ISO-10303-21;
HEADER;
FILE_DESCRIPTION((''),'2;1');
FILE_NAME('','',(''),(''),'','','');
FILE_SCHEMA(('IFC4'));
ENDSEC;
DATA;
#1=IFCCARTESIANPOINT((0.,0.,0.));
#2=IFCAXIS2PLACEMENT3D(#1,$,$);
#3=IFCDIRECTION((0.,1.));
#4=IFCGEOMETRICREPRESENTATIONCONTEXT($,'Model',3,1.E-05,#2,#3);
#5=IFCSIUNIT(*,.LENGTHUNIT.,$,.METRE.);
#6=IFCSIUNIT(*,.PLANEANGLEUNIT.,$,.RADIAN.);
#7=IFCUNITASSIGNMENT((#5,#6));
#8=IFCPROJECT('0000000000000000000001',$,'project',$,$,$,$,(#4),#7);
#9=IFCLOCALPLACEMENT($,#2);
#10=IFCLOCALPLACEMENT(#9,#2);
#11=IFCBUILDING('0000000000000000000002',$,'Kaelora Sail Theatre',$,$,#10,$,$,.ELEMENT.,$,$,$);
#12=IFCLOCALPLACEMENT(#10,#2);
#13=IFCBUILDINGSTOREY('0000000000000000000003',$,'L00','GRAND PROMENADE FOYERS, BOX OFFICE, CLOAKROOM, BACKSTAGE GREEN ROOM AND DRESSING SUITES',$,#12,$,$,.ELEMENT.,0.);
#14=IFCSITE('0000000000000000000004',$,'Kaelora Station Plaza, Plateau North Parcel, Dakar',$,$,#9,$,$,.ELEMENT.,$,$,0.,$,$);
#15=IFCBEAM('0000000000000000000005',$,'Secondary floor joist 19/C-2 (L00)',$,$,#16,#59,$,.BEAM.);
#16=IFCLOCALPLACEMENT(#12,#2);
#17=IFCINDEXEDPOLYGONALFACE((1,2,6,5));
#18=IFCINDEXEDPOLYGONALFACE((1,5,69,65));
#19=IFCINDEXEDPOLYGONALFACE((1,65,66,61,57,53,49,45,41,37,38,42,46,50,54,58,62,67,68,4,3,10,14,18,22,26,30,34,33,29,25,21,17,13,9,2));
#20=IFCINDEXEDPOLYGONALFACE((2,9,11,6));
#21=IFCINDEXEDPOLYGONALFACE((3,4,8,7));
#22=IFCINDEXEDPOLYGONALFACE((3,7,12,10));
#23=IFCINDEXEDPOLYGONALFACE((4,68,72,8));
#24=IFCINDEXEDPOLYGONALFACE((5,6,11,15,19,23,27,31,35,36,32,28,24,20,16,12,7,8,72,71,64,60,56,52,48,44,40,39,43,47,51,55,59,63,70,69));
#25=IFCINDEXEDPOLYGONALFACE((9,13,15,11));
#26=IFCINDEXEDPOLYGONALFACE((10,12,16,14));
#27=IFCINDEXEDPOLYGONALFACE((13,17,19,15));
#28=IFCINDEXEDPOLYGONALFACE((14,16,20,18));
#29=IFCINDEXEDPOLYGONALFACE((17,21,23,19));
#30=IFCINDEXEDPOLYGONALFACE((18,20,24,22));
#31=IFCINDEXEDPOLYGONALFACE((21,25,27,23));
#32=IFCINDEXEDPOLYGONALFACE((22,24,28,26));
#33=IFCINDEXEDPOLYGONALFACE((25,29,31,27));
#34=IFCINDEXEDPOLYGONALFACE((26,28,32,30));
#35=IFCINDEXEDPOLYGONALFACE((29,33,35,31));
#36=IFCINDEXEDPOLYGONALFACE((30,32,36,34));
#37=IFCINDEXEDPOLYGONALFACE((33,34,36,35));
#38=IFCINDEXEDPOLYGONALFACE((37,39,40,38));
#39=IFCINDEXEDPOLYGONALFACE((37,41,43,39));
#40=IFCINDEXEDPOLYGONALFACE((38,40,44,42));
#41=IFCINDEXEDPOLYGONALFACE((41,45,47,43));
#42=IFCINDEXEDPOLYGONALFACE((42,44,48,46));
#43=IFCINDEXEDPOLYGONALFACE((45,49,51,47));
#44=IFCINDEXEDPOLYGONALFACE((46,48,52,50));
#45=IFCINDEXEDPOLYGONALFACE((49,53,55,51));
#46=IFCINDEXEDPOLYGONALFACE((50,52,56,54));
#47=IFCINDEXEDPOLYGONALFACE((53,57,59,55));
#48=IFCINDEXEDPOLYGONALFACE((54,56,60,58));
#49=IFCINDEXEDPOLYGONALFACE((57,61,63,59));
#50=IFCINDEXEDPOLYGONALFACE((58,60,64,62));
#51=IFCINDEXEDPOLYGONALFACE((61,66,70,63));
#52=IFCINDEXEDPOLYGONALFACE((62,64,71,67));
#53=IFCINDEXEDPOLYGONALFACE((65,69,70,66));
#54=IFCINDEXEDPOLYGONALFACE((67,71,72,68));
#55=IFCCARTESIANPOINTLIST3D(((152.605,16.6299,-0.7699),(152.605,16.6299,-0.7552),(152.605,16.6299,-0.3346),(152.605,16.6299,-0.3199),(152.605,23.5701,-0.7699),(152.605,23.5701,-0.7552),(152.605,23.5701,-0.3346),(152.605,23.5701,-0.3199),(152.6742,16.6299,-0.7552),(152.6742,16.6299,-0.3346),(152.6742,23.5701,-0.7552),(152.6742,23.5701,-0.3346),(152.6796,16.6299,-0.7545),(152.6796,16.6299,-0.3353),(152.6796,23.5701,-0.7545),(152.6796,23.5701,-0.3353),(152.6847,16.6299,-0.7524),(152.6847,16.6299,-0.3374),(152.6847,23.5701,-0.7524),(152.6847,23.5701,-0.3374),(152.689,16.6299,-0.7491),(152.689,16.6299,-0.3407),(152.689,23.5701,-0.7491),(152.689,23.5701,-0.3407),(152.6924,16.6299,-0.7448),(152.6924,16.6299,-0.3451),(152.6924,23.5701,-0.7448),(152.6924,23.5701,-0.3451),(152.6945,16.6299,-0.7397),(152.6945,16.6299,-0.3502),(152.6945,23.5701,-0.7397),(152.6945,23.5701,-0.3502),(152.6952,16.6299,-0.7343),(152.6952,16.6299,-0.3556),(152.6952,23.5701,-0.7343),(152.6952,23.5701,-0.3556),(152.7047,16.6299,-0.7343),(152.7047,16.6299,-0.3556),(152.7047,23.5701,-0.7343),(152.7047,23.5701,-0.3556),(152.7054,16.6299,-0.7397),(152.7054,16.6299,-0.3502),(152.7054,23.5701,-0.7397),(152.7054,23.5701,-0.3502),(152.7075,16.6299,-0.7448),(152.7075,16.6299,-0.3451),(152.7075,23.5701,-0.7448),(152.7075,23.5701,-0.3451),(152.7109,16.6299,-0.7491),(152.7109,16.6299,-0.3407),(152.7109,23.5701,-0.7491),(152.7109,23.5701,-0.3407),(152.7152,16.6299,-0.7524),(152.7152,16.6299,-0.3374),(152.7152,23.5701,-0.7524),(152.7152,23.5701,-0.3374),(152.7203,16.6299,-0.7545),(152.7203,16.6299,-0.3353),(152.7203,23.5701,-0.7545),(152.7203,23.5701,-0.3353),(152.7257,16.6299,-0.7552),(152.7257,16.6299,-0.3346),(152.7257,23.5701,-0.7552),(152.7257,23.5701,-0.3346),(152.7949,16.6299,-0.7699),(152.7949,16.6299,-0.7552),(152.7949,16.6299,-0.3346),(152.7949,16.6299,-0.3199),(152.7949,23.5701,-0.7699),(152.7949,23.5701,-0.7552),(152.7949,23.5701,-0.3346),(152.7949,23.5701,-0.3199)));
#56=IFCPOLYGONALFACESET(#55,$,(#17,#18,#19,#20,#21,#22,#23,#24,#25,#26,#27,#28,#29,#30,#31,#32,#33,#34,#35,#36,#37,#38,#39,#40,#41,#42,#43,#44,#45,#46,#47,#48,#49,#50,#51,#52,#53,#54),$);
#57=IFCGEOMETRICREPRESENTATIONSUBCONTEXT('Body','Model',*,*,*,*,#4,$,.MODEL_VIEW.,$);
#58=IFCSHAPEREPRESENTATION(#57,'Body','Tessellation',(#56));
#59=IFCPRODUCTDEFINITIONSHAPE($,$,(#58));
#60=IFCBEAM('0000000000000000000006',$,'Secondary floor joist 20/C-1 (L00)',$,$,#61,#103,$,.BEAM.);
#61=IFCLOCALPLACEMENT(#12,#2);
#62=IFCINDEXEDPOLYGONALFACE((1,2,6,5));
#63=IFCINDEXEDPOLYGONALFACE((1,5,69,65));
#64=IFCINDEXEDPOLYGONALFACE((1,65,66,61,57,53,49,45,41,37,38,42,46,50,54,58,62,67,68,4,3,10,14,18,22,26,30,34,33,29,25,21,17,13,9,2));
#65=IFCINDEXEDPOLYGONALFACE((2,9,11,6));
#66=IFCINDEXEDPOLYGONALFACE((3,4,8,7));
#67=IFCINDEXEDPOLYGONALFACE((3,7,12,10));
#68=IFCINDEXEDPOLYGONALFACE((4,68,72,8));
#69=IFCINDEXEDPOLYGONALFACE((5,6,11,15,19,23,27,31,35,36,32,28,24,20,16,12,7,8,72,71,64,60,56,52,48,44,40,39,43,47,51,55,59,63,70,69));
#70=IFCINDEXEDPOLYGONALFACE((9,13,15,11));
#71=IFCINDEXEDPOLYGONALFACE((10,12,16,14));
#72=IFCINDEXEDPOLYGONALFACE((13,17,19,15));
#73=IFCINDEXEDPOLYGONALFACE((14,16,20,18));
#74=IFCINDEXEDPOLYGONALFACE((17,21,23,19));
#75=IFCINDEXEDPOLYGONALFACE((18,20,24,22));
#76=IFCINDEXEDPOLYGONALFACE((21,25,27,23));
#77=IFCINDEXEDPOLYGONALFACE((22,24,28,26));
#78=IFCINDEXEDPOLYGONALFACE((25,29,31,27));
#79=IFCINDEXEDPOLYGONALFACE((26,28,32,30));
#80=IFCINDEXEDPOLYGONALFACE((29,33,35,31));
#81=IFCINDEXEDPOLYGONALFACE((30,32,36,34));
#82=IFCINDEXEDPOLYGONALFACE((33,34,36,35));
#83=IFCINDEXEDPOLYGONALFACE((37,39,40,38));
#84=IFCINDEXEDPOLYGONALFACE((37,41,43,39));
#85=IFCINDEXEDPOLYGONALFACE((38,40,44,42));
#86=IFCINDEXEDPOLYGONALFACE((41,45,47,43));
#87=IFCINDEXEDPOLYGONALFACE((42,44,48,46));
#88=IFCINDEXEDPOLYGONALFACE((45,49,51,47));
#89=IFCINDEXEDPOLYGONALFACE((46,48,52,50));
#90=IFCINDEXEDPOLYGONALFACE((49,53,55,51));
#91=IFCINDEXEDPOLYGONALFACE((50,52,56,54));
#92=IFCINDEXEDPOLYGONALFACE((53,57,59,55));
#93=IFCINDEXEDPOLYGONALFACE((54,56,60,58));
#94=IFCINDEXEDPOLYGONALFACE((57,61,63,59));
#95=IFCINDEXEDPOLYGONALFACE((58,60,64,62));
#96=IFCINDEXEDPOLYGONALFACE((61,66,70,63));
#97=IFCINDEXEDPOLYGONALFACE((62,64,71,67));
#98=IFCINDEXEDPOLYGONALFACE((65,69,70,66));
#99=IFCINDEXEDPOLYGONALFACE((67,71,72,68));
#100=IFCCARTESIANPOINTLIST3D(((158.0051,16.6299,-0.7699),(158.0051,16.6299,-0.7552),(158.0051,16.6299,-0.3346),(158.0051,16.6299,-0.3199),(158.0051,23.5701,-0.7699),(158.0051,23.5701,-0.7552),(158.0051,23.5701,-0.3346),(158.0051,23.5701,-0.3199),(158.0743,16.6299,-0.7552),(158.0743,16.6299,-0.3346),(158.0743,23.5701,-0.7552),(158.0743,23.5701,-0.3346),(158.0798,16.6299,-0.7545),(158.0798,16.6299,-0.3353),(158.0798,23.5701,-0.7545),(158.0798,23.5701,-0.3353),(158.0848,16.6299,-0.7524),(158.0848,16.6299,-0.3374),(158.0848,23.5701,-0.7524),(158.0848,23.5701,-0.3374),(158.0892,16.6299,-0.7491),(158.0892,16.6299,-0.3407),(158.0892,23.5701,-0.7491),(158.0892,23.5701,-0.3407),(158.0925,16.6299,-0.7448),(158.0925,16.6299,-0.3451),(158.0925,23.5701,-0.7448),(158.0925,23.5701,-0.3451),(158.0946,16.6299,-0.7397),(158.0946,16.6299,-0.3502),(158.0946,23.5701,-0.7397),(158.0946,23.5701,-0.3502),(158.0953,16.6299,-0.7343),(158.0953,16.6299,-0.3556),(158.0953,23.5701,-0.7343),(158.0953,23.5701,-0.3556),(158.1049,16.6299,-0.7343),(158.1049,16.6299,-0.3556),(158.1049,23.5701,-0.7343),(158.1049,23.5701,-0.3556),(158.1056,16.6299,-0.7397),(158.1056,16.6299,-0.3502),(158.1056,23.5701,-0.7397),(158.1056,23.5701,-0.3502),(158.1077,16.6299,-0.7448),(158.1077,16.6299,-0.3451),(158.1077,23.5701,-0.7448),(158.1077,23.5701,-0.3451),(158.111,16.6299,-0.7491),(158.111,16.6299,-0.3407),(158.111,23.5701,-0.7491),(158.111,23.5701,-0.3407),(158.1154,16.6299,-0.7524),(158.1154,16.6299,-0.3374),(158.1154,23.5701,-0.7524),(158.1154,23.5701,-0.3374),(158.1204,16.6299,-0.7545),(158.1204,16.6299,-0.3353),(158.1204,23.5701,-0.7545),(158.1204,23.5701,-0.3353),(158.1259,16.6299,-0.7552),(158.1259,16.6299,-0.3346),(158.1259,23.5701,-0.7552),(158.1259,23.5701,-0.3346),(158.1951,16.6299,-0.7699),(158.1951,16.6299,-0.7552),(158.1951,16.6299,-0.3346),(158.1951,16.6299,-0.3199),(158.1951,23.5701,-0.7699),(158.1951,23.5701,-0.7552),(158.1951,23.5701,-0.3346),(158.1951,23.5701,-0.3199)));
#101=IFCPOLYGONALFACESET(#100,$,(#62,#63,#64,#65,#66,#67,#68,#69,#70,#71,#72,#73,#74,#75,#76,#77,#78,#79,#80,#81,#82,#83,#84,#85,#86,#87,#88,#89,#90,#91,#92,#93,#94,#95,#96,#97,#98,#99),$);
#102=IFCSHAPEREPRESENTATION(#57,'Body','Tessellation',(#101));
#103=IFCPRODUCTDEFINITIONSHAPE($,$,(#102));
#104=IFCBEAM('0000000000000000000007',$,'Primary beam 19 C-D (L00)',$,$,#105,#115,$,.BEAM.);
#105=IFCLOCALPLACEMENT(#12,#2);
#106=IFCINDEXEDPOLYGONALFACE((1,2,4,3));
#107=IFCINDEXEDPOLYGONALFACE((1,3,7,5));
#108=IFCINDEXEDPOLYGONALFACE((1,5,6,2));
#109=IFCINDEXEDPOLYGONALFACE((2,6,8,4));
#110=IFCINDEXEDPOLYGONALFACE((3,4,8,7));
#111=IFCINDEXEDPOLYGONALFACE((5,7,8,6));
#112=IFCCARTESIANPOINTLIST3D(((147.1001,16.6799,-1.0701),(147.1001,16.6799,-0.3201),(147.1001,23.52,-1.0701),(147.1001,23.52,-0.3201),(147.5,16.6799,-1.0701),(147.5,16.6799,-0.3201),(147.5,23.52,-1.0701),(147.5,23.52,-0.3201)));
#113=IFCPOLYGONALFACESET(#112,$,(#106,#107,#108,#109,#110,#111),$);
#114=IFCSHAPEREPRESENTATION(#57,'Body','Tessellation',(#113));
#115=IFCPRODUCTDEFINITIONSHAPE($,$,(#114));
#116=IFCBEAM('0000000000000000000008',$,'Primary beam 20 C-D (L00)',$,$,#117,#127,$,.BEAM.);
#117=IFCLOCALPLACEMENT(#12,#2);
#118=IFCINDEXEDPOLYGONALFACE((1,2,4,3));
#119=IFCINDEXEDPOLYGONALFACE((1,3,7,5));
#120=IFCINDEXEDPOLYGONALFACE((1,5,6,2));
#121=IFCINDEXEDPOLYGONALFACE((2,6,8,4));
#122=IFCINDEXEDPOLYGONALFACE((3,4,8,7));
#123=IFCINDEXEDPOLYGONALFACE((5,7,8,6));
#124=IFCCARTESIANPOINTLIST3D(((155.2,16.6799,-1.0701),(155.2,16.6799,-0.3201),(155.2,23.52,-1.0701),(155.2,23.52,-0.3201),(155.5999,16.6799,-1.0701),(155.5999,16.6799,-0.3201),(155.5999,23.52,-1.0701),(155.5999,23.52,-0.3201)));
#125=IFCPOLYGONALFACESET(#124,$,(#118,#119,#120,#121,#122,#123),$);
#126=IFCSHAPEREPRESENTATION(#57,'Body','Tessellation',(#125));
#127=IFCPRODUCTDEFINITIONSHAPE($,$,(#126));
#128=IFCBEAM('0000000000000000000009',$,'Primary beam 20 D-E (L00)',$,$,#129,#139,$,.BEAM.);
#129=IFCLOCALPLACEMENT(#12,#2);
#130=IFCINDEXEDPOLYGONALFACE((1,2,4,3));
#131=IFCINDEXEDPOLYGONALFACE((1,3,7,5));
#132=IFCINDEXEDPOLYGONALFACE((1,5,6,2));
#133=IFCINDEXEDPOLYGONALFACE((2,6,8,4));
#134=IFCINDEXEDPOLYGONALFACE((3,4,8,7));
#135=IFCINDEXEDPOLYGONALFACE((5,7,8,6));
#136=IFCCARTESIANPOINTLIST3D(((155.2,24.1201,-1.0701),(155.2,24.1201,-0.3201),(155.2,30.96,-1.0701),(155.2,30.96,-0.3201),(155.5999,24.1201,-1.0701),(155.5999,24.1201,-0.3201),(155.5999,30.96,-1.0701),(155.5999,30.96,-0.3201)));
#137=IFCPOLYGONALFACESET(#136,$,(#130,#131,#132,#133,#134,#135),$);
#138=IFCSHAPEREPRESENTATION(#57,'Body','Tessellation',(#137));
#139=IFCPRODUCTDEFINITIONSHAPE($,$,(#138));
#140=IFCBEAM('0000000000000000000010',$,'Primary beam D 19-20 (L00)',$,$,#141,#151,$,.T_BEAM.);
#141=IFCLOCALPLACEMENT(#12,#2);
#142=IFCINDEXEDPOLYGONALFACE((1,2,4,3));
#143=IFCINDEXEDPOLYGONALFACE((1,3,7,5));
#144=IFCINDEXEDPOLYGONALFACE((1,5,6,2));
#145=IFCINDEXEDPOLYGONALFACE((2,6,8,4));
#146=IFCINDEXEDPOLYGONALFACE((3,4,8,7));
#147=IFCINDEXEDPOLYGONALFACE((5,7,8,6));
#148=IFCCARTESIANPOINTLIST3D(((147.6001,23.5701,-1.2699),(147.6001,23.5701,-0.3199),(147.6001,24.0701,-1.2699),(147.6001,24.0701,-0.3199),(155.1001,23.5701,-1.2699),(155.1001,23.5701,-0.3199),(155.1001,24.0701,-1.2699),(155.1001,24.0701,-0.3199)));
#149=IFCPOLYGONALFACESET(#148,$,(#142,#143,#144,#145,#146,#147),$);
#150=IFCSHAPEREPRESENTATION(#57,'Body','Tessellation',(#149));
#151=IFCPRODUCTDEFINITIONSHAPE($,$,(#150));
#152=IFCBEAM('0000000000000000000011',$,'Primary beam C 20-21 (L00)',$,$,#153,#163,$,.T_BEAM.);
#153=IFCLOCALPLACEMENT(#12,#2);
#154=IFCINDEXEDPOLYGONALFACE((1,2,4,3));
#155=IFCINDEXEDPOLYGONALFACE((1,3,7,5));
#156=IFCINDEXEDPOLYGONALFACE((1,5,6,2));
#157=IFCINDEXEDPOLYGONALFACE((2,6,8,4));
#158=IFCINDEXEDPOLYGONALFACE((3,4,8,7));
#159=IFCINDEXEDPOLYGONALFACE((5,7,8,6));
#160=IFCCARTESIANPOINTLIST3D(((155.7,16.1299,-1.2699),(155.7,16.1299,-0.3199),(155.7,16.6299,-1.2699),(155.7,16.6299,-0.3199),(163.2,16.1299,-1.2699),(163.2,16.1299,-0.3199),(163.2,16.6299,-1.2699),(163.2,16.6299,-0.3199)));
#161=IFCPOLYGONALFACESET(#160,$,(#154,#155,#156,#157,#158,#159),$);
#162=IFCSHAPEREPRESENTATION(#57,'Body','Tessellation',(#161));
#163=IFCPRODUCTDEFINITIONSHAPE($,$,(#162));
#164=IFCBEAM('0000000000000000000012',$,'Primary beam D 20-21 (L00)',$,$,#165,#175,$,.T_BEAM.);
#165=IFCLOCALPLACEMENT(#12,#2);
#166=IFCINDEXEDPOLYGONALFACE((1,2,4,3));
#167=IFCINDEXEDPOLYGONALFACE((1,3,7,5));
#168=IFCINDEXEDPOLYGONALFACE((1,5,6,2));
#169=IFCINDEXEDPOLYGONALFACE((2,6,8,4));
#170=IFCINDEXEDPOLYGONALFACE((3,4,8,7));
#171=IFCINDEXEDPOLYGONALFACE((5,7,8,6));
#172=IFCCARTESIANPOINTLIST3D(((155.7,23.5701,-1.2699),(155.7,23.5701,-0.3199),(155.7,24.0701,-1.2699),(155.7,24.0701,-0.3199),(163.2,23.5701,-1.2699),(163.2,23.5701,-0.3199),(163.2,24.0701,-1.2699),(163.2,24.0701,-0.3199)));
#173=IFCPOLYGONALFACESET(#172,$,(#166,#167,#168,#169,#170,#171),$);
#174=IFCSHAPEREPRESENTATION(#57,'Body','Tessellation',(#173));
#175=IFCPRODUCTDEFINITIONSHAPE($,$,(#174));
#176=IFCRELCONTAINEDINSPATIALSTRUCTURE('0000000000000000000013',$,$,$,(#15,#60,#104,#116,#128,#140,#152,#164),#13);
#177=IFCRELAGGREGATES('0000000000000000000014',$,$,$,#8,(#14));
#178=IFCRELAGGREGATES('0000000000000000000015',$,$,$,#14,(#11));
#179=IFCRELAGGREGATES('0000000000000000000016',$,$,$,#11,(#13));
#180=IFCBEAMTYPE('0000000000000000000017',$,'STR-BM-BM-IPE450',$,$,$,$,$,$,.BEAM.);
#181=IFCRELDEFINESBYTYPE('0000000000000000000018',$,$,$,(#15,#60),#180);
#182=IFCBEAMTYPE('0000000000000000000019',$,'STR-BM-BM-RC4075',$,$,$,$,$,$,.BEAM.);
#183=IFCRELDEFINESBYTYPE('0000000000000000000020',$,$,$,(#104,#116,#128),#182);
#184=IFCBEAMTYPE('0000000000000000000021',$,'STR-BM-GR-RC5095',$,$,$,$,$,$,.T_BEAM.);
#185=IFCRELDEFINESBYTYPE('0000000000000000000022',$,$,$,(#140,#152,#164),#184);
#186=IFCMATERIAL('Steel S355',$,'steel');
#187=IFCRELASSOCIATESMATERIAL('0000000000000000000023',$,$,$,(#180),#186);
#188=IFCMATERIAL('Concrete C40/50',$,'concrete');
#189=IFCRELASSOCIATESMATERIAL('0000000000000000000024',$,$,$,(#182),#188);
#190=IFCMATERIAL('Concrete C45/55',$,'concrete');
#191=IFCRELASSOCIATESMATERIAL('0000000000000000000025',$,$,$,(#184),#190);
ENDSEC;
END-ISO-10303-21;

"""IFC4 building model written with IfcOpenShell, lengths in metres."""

from ifc_helpers import new_model, si_unit, direction, frame, origin, origin_2d, place, context, subcontext, project, spatial, rectangle, i_section, extrude, material, material_profile, profile_set, type_object, element, save


model = new_model("IFC4")

# Units and contexts
model_context = context("Model", 3, precision=1e-05, world=origin(), true_north=direction((0.0, 1.0)))
body_context = subcontext(model_context, "Body", "Model", "MODEL_VIEW")
ifc_project = project(units=[si_unit("LENGTHUNIT", "METRE"), si_unit("PLANEANGLEUNIT", "RADIAN")], contexts=[model_context])

# Site, building, storey
site_placement = place(None, origin())
site = spatial("IfcSite", under=ifc_project, at=site_placement, Name="Kaelora Station Plaza, Plateau North Parcel, Dakar", CompositionType="ELEMENT", RefElevation=0.0)
building_placement = place(site_placement, origin())
building = spatial("IfcBuilding", under=site, at=building_placement, Name="Kaelora Sail Theatre", CompositionType="ELEMENT")
storey_placement = place(building_placement, origin())
storey = spatial("IfcBuildingStorey", under=building, at=storey_placement, Name="L00", Description="GRAND PROMENADE FOYERS, BOX OFFICE, CLOAKROOM, BACKSTAGE GREEN ROOM AND DRESSING SUITES", CompositionType="ELEMENT", Elevation=0.0)

# Beams
ifc_material_1 = material(Name="Steel S355", Category="steel")
ifc_material_profile_1 = material_profile(ifc_material_1, i_section(OverallWidth=0.1899, OverallDepth=0.45, WebThickness=0.0095, FlangeThickness=0.0146, FilletRadius=0.021, at=origin_2d()), Name="IPE 450")
ifc_profile_set_1 = profile_set([ifc_material_profile_1], Name="Steel S355")
beam_type_1 = type_object("IfcBeamType", Name="STR-BM-BM-IPE450", PredefinedType="BEAM", material=ifc_profile_set_1)
for number, where, z_axis, x_axis, name in (
    (1, (152.7, 16.6299, -0.5449), (0.0, 1.0, 0.0), (-1.0, 0.0, 0.0), "Secondary floor joist 19/C-2 (L00)"),
    (2, (158.1001, 16.6299, -0.5449), (0.0, 1.0, 0.0), (-1.0, 0.0, 0.0), "Secondary floor joist 20/C-1 (L00)"),
):
    element("IfcBeam", number, at=place(storey_placement, frame(where, z_axis=z_axis, x_axis=x_axis)), inside=storey, type_object=beam_type_1, Name=name, PredefinedType="BEAM", context=body_context, shape_type="SweptSolid", body=[
        extrude(i_section(OverallWidth=0.1899, OverallDepth=0.45, WebThickness=0.0095, FlangeThickness=0.0146, FilletRadius=0.021, at=origin_2d()), origin(), (0.0, 0.0, 1.0), 6.9402),
    ])
ifc_material_2 = material(Name="Concrete C40/50", Category="concrete")
ifc_material_profile_2 = material_profile(ifc_material_2, rectangle(XDim=0.3999, YDim=0.75, at=origin_2d()), Name="RC-BM 400x750")
ifc_profile_set_2 = profile_set([ifc_material_profile_2], Name="Concrete C40/50")
beam_type_2 = type_object("IfcBeamType", Name="STR-BM-BM-RC4075", PredefinedType="BEAM", material=ifc_profile_set_2)
for number, where, z_axis, x_axis, name in (
    (3, (147.3, 16.6799, -0.6951), (0.0, 1.0, 0.0), (-1.0, 0.0, 0.0), "Primary beam 19 C-D (L00)"),
    (4, (155.3999, 16.6799, -0.6951), (0.0, 1.0, 0.0), (-1.0, 0.0, 0.0), "Primary beam 20 C-D (L00)"),
):
    element("IfcBeam", number, at=place(storey_placement, frame(where, z_axis=z_axis, x_axis=x_axis)), inside=storey, type_object=beam_type_2, Name=name, PredefinedType="BEAM", context=body_context, shape_type="SweptSolid", body=[
        extrude(rectangle(XDim=0.3999, YDim=0.75, at=origin_2d()), origin(), (0.0, 0.0, 1.0), 6.8401),
    ])
beam_1_placement = place(storey_placement, frame((155.3999, 24.1201, -0.6951), z_axis=(0.0, 1.0, 0.0), x_axis=(-1.0, 0.0, 0.0)))
element("IfcBeam", 5, at=beam_1_placement, inside=storey, type_object=beam_type_2, Name="Primary beam 20 D-E (L00)", PredefinedType="BEAM", context=body_context, shape_type="SweptSolid", body=[
    extrude(rectangle(XDim=0.3999, YDim=0.75, at=origin_2d()), origin(), (0.0, 0.0, 1.0), 6.8398),
])
ifc_material_3 = material(Name="Concrete C45/55", Category="concrete")
ifc_material_profile_3 = material_profile(ifc_material_3, rectangle(XDim=0.5, YDim=0.95, at=origin_2d()), Name="RC-GRD 500x950")
ifc_profile_set_3 = profile_set([ifc_material_profile_3], Name="Concrete C45/55")
beam_type_3 = type_object("IfcBeamType", Name="STR-BM-GR-RC5095", PredefinedType="T_BEAM", material=ifc_profile_set_3)
for number, where, z_axis, x_axis, name in (
    (6, (147.6001, 23.8201, -0.7949), (1.0, 0.0, 0.0), (0.0, 1.0, 0.0), "Primary beam D 19-20 (L00)"),
    (7, (155.7, 16.3799, -0.7949), (1.0, 0.0, 0.0), (0.0, 1.0, 0.0), "Primary beam C 20-21 (L00)"),
    (8, (155.7, 23.8201, -0.7949), (1.0, 0.0, 0.0), (0.0, 1.0, 0.0), "Primary beam D 20-21 (L00)"),
):
    element("IfcBeam", number, at=place(storey_placement, frame(where, z_axis=z_axis, x_axis=x_axis)), inside=storey, type_object=beam_type_3, Name=name, PredefinedType="T_BEAM", context=body_context, shape_type="SweptSolid", body=[
        extrude(rectangle(XDim=0.5, YDim=0.95, at=origin_2d()), origin(), (0.0, 0.0, 1.0), 7.5),
    ])

save(model, "model.ifc")
